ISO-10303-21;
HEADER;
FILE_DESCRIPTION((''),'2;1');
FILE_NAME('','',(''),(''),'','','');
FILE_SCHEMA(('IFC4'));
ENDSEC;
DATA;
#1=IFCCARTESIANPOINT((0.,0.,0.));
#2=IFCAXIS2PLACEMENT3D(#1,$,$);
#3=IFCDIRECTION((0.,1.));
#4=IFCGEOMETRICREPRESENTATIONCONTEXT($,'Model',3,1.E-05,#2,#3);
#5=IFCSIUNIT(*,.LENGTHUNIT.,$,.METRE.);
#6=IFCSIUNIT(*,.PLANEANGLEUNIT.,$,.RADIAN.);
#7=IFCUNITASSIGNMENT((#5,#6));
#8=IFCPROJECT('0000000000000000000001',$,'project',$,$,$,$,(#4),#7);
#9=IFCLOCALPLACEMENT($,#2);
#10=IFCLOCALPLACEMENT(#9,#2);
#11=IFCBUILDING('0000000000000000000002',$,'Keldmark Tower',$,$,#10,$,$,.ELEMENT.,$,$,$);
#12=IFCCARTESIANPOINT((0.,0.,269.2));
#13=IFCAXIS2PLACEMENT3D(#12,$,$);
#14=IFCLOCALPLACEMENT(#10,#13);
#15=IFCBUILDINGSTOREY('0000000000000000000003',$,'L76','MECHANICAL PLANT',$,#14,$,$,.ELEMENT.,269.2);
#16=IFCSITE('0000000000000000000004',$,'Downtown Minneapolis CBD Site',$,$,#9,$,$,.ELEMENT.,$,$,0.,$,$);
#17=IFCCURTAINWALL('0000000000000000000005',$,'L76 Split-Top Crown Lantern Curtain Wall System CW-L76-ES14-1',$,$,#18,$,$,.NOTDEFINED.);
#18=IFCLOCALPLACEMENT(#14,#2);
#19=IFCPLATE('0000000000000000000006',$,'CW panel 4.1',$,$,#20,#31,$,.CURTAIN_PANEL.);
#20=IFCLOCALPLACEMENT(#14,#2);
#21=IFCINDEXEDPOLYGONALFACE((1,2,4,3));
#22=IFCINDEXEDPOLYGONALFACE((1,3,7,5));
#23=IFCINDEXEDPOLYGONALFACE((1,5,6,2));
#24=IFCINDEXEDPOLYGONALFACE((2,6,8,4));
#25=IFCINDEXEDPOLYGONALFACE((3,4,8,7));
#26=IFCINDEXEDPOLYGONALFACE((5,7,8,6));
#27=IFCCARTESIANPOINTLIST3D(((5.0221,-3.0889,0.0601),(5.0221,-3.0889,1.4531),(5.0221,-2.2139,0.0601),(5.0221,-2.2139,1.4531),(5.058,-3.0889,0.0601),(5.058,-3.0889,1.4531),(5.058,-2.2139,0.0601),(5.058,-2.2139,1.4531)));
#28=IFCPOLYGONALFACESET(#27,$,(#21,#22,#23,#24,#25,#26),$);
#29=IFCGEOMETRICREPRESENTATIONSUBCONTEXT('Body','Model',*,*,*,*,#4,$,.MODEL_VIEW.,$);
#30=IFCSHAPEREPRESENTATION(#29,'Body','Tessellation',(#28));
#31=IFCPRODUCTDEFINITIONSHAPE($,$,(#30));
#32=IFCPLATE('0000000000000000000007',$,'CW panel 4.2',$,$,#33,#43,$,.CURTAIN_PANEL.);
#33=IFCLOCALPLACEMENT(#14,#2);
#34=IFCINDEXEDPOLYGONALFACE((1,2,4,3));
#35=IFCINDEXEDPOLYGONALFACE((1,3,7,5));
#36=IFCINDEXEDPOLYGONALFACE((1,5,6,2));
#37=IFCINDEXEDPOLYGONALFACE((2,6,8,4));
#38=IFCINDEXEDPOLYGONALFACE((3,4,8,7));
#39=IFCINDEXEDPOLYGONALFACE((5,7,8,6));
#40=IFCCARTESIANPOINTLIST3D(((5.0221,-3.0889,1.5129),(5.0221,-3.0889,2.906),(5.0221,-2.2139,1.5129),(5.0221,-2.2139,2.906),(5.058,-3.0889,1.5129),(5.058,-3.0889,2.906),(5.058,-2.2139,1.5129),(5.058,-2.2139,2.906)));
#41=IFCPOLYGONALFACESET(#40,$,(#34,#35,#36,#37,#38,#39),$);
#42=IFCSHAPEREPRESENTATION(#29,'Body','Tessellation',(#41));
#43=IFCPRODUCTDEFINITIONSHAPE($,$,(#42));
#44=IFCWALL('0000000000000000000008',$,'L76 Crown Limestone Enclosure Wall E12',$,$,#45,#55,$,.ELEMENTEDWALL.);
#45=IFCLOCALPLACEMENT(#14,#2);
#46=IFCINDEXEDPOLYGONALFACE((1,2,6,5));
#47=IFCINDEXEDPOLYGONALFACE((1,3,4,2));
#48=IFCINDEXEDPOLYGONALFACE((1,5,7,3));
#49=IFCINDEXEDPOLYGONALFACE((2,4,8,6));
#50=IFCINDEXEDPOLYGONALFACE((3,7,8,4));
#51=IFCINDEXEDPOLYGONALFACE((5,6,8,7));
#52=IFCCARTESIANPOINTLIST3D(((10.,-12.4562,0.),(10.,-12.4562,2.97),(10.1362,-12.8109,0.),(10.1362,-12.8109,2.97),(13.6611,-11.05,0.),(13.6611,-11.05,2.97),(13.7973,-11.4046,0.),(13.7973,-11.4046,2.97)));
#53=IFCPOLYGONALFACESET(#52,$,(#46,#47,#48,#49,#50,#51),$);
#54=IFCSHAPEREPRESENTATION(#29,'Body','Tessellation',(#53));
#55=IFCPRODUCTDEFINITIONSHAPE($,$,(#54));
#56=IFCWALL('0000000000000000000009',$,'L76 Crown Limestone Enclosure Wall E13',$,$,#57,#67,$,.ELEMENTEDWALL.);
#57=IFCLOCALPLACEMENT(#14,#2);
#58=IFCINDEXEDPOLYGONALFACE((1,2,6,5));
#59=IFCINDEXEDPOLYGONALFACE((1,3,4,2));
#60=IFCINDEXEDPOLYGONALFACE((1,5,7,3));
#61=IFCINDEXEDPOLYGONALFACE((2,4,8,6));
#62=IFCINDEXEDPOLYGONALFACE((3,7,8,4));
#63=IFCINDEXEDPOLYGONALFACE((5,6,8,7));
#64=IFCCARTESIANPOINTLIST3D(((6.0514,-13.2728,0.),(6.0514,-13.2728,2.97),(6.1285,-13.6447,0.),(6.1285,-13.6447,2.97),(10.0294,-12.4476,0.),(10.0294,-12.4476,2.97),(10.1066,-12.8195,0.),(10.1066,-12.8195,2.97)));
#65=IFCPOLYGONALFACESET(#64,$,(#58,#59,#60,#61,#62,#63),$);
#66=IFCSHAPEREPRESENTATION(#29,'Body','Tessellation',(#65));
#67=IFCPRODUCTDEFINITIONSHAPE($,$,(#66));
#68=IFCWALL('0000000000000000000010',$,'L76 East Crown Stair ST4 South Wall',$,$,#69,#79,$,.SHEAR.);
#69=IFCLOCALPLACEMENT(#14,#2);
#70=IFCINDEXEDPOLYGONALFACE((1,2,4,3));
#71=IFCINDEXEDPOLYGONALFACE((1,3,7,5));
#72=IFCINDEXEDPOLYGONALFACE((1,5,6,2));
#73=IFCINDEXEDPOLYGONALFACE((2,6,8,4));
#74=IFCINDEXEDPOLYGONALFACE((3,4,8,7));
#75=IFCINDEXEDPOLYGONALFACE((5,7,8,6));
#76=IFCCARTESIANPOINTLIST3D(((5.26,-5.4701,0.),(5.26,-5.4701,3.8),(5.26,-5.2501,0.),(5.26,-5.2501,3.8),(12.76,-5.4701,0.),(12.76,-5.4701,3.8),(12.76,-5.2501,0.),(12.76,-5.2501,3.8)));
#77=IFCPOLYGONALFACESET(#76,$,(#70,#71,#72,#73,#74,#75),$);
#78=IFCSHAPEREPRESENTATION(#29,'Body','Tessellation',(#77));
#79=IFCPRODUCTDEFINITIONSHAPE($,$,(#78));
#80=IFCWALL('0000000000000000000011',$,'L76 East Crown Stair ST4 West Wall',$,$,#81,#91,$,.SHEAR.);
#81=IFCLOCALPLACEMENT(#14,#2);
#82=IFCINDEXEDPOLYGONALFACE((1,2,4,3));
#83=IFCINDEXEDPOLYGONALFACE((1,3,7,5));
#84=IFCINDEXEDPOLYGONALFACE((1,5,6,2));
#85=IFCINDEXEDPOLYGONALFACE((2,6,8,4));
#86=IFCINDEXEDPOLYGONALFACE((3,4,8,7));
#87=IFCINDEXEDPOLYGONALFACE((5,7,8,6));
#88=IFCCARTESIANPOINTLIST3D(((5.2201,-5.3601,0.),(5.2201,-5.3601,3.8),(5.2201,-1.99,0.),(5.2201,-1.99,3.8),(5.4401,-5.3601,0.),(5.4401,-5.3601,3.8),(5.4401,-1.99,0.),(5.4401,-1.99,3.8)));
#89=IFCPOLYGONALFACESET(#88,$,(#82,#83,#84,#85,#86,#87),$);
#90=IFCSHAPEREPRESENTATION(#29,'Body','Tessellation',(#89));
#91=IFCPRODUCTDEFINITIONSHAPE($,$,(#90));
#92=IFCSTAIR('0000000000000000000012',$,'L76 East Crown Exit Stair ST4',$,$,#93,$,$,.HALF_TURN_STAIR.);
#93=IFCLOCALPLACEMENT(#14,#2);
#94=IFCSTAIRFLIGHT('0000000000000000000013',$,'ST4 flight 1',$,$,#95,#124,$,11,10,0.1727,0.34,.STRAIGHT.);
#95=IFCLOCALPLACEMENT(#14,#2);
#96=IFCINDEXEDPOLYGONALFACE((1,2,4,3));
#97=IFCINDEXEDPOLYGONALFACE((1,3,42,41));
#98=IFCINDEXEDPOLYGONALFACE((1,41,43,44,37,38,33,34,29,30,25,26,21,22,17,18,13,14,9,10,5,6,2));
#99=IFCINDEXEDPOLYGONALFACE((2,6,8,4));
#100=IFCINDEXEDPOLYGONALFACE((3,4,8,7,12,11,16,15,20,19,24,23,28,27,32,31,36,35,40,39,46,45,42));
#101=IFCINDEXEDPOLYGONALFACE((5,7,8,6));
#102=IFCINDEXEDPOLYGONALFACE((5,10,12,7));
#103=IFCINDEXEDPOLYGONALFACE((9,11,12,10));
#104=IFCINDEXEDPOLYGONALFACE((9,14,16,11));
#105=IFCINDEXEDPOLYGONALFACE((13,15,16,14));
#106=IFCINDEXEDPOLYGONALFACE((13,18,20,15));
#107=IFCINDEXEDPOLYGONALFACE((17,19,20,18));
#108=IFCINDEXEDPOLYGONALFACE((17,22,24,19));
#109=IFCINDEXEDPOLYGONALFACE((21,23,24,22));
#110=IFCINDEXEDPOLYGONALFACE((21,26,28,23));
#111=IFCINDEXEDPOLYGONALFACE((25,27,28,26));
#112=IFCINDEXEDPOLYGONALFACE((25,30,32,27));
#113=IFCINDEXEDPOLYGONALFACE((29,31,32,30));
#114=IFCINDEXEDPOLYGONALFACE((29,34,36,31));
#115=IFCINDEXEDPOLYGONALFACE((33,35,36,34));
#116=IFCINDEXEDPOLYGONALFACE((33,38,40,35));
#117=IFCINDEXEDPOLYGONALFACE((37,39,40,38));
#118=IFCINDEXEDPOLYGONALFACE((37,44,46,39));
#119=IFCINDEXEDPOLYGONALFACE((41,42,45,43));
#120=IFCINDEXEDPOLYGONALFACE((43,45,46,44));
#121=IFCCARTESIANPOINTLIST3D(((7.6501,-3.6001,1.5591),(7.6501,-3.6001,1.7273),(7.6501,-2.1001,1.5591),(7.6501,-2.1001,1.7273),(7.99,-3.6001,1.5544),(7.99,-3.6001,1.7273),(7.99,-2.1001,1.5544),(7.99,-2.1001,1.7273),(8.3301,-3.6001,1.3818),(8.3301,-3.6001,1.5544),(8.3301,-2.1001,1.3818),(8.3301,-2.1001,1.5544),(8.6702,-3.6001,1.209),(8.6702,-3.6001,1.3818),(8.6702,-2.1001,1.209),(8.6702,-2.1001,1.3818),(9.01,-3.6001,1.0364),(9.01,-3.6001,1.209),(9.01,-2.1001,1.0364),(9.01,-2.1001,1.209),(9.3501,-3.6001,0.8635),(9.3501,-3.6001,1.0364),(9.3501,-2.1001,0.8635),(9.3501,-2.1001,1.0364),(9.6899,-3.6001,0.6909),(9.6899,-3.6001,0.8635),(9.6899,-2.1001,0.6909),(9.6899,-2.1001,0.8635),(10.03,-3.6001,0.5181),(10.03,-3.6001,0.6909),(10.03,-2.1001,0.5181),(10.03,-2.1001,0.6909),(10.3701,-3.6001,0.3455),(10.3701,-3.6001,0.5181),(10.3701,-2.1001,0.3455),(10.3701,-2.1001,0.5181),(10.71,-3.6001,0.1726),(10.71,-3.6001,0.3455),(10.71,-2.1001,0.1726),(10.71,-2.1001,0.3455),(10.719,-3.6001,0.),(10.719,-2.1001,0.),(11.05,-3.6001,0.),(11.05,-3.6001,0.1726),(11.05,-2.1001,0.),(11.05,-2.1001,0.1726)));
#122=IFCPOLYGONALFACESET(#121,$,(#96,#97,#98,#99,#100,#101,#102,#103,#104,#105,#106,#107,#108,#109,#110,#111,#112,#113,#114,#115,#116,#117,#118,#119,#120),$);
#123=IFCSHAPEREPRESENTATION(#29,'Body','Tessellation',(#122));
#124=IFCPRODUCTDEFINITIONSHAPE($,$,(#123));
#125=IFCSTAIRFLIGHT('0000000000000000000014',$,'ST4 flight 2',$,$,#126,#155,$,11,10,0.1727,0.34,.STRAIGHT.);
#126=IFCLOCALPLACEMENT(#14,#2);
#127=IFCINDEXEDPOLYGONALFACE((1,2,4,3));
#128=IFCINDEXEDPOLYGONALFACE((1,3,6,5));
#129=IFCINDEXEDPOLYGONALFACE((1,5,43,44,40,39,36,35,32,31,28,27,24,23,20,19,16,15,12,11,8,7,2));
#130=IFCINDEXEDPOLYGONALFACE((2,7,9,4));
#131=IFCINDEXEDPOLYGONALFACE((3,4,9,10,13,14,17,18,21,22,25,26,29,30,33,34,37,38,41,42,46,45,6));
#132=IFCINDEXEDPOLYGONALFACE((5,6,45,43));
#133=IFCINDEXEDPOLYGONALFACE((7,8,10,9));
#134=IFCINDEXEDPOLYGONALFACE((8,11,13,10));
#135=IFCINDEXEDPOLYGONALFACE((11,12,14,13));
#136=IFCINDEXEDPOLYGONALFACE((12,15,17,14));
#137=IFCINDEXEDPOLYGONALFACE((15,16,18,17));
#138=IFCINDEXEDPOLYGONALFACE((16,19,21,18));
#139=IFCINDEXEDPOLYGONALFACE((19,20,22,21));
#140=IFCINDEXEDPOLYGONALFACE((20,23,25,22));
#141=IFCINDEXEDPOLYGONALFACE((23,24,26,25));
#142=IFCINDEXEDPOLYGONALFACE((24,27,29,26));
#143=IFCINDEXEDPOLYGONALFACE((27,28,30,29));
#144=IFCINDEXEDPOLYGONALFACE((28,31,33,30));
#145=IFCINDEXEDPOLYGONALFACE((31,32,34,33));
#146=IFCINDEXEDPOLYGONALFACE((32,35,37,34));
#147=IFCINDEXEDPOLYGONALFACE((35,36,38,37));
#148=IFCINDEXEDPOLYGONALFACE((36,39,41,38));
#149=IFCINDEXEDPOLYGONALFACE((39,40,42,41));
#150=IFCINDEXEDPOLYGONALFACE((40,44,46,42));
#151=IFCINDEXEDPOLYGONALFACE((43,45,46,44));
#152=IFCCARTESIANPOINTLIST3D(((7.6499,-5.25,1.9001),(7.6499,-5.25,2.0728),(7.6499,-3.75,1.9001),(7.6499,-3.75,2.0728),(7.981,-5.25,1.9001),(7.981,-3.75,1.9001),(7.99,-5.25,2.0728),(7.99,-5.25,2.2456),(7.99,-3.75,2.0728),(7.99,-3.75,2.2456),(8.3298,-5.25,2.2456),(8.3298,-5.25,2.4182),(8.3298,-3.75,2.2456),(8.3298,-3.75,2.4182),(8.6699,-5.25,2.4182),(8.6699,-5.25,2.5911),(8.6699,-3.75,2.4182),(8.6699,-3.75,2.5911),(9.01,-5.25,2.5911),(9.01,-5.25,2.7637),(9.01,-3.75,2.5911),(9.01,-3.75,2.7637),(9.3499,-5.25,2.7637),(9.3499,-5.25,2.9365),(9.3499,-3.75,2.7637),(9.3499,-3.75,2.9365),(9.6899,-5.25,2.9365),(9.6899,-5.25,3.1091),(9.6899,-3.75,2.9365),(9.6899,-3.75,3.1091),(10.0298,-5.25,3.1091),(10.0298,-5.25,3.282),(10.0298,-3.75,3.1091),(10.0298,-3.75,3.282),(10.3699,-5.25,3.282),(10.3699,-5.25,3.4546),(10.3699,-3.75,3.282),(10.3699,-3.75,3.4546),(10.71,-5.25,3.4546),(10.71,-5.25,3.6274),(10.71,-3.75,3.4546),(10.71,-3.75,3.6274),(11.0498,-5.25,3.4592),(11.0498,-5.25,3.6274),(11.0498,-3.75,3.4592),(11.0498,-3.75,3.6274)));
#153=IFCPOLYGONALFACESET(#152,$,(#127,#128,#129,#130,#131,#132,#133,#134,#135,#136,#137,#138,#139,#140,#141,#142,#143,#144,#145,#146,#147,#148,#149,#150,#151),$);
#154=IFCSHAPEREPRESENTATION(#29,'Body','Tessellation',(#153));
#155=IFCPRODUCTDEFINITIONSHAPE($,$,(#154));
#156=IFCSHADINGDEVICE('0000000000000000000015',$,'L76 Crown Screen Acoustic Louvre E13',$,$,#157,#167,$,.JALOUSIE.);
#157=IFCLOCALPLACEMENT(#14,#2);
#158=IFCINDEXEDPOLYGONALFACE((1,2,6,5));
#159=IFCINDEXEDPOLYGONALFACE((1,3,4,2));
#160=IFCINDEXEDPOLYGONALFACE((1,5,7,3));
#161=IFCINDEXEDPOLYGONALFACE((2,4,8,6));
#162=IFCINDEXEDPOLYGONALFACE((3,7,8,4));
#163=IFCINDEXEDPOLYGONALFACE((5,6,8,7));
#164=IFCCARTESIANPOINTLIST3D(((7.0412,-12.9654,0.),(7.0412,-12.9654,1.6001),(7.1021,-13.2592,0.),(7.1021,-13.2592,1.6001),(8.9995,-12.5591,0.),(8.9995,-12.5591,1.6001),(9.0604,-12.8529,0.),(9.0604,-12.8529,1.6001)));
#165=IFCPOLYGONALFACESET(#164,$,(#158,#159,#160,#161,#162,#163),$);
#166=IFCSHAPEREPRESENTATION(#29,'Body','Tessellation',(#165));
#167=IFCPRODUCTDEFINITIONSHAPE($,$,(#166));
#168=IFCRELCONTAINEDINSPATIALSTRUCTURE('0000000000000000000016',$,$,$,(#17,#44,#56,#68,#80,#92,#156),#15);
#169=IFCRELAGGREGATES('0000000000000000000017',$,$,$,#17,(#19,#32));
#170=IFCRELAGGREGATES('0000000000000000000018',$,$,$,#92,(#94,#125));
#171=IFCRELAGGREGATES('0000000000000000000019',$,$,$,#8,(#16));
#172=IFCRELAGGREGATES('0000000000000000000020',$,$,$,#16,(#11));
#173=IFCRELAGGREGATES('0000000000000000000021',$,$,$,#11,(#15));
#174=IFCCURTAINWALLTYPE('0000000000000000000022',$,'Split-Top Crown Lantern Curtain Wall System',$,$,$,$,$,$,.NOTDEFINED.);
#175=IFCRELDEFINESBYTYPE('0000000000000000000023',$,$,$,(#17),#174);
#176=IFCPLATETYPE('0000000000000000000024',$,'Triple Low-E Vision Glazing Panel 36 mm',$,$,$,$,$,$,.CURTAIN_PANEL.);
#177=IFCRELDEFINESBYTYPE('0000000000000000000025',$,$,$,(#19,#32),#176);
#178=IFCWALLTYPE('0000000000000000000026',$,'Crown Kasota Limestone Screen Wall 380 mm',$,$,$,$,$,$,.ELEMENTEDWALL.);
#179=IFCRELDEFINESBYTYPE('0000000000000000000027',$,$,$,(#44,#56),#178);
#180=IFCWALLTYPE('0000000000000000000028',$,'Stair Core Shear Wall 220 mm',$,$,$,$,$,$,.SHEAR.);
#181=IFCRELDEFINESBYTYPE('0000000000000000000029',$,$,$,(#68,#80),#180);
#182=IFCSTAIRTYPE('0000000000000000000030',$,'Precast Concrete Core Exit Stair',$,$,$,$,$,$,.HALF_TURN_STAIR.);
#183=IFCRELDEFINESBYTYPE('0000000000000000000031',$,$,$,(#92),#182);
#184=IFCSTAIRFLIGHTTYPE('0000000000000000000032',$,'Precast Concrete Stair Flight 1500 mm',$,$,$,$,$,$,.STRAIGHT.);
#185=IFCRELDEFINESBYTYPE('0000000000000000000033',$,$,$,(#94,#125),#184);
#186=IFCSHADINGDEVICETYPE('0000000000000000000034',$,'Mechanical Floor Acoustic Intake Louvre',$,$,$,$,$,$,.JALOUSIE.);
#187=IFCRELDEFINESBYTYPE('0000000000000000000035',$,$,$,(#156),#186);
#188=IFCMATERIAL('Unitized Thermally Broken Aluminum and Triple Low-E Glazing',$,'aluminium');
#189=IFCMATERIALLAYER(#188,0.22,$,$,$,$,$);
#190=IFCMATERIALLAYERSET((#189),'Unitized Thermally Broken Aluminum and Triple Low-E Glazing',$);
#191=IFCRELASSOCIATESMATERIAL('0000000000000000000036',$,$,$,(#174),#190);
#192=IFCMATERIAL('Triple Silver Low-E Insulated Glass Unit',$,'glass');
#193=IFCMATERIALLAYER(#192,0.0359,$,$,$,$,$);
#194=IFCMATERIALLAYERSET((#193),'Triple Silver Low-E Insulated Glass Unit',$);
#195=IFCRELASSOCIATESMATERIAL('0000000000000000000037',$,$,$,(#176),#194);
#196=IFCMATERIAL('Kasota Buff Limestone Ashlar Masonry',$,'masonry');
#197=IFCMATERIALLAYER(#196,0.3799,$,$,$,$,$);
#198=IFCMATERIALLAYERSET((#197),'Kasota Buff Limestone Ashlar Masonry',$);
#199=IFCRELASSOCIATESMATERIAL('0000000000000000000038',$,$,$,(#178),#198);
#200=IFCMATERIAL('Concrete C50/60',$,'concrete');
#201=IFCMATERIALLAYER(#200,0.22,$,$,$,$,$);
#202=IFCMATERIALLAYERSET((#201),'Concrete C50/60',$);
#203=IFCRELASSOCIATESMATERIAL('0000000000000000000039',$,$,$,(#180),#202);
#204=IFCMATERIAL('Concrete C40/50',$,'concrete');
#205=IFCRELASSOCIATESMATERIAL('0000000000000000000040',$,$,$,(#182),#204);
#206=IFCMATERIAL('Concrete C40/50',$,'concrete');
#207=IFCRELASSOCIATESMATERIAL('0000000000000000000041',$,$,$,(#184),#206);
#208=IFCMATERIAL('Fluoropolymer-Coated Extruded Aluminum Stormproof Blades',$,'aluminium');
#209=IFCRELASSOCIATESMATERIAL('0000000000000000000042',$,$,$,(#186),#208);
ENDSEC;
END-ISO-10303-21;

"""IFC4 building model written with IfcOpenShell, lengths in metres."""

from ifc_helpers import new_model, si_unit, direction, frame, frame_2d, origin, origin_2d, place, context, subcontext, project, spatial, polyline, rectangle, outline, extrude, material, layer, layer_set, type_object, element, aggregate, save


model = new_model("IFC4")

# Units and contexts
model_context = context("Model", 3, precision=1e-05, world=origin(), true_north=direction((0.0, 1.0)))
body_context = subcontext(model_context, "Body", "Model", "MODEL_VIEW")
ifc_project = project(units=[si_unit("LENGTHUNIT", "METRE"), si_unit("PLANEANGLEUNIT", "RADIAN")], contexts=[model_context])

# Site, building, storey
site_placement = place(None, origin())
site = spatial("IfcSite", under=ifc_project, at=site_placement, Name="Downtown Minneapolis CBD Site", CompositionType="ELEMENT", RefElevation=0.0)
building_placement = place(site_placement, origin())
building = spatial("IfcBuilding", under=site, at=building_placement, Name="Keldmark Tower", CompositionType="ELEMENT")
storey_placement = place(building_placement, frame((0.0, 0.0, 269.2)))
storey = spatial("IfcBuildingStorey", under=building, at=storey_placement, Name="L76", Description="MECHANICAL PLANT", CompositionType="ELEMENT", Elevation=269.2)

# Curtain wall
ifc_material_1 = material(Name="Unitized Thermally Broken Aluminum and Triple Low-E Glazing", Category="aluminium")
ifc_layer_1 = layer(ifc_material_1, 0.22)
ifc_layer_set_1 = layer_set([ifc_layer_1], Name="Unitized Thermally Broken Aluminum and Triple Low-E Glazing")
curtain_wall_type = type_object("IfcCurtainWallType", Name="Split-Top Crown Lantern Curtain Wall System", PredefinedType="NOTDEFINED", material=ifc_layer_set_1)
curtain_wall_placement = place(storey_placement, origin())
curtain_wall = element("IfcCurtainWall", 1, at=curtain_wall_placement, inside=storey, type_object=curtain_wall_type, Name="L76 Split-Top Crown Lantern Curtain Wall System CW-L76-ES14-1", PredefinedType="NOTDEFINED")

# Plates
ifc_material_2 = material(Name="Triple Silver Low-E Insulated Glass Unit", Category="glass")
ifc_layer_2 = layer(ifc_material_2, 0.0359)
ifc_layer_set_2 = layer_set([ifc_layer_2], Name="Triple Silver Low-E Insulated Glass Unit")
plate_type_1 = type_object("IfcPlateType", Name="Triple Low-E Vision Glazing Panel 36 mm", PredefinedType="CURTAIN_PANEL", material=ifc_layer_set_2)
plate_1_placement = place(storey_placement, frame((5.04, -2.6514, 0.0601), z_axis=(0.0, 0.0, 1.0), x_axis=(0.0, -1.0, 0.0)))
plate_1 = element("IfcPlate", 2, at=plate_1_placement, type_object=plate_type_1, Name="CW panel 4.1", PredefinedType="CURTAIN_PANEL", context=body_context, shape_type="SweptSolid", body=[
    extrude(rectangle(XDim=0.875, YDim=0.0359, at=origin_2d()), origin(), (0.0, 0.0, 1.0), 1.3931),
])
plate_2_placement = place(storey_placement, frame((5.04, -2.6514, 1.5129), z_axis=(0.0, 0.0, 1.0), x_axis=(0.0, -1.0, 0.0)))
plate_2 = element("IfcPlate", 3, at=plate_2_placement, type_object=plate_type_1, Name="CW panel 4.2", PredefinedType="CURTAIN_PANEL", context=body_context, shape_type="SweptSolid", body=[
    extrude(rectangle(XDim=0.875, YDim=0.0359, at=origin_2d()), origin(), (0.0, 0.0, 1.0), 1.3931),
])
aggregate(curtain_wall, [plate_1, plate_2])

# Walls
ifc_material_3 = material(Name="Kasota Buff Limestone Ashlar Masonry", Category="masonry")
ifc_layer_3 = layer(ifc_material_3, 0.3799)
ifc_layer_set_3 = layer_set([ifc_layer_3], Name="Kasota Buff Limestone Ashlar Masonry")
wall_type_1 = type_object("IfcWallType", Name="Crown Kasota Limestone Screen Wall 380 mm", PredefinedType="ELEMENTEDWALL", material=ifc_layer_set_3)
wall_1_placement = place(storey_placement, frame((10.0681, -12.6335, 0.0), z_axis=(0.0, 0.0, 1.0), x_axis=(0.933506, 0.358562, 0.0)))
element("IfcWall", 4, at=wall_1_placement, inside=storey, type_object=wall_type_1, Name="L76 Crown Limestone Enclosure Wall E12", PredefinedType="ELEMENTEDWALL", context=body_context, shape_type="SweptSolid", body=[
    extrude(rectangle(XDim=3.9219, YDim=0.3799, at=frame_2d((1.9609, 0.0))), origin(), (0.0, 0.0, 1.0), 2.97),
])
wall_2_placement = place(storey_placement, frame((6.0901, -13.4587, 0.0), z_axis=(0.0, 0.0, 1.0), x_axis=(0.979155, 0.203114, 0.0)))
element("IfcWall", 5, at=wall_2_placement, inside=storey, type_object=wall_type_1, Name="L76 Crown Limestone Enclosure Wall E13", PredefinedType="ELEMENTEDWALL", context=body_context, shape_type="SweptSolid", body=[
    extrude(rectangle(XDim=4.0627, YDim=0.3799, at=frame_2d((2.0312, 0.0))), origin(), (0.0, 0.0, 1.0), 2.97),
])
ifc_material_4 = material(Name="Concrete C50/60", Category="concrete")
ifc_layer_4 = layer(ifc_material_4, 0.22)
ifc_layer_set_4 = layer_set([ifc_layer_4], Name="Concrete C50/60")
wall_type_2 = type_object("IfcWallType", Name="Stair Core Shear Wall 220 mm", PredefinedType="SHEAR", material=ifc_layer_set_4)
wall_3_placement = place(storey_placement, frame((5.26, -5.3601, 0.0), z_axis=(0.0, 0.0, 1.0), x_axis=(1.0, 0.0, 0.0)))
element("IfcWall", 6, at=wall_3_placement, inside=storey, type_object=wall_type_2, Name="L76 East Crown Stair ST4 South Wall", PredefinedType="SHEAR", context=body_context, shape_type="SweptSolid", body=[
    extrude(rectangle(XDim=7.5, YDim=0.22, at=frame_2d((3.75, 0.0))), origin(), (0.0, 0.0, 1.0), 3.8),
])
wall_4_placement = place(storey_placement, frame((5.3301, -5.3601, 0.0), z_axis=(0.0, 0.0, 1.0), x_axis=(0.0, 1.0, 0.0)))
element("IfcWall", 7, at=wall_4_placement, inside=storey, type_object=wall_type_2, Name="L76 East Crown Stair ST4 West Wall", PredefinedType="SHEAR", context=body_context, shape_type="SweptSolid", body=[
    extrude(rectangle(XDim=3.3701, YDim=0.22, at=frame_2d((1.6851, 0.0))), origin(), (0.0, 0.0, 1.0), 3.8),
])

# Stair, stair flights
ifc_material_5 = material(Name="Concrete C40/50", Category="concrete")
stair_type = type_object("IfcStairType", Name="Precast Concrete Core Exit Stair", PredefinedType="HALF_TURN_STAIR", material=ifc_material_5)
stair_placement = place(storey_placement, origin())
stair = element("IfcStair", 8, at=stair_placement, inside=storey, type_object=stair_type, Name="L76 East Crown Exit Stair ST4", PredefinedType="HALF_TURN_STAIR")
ifc_material_6 = material(Name="Concrete C40/50", Category="concrete")
stair_flight_type = type_object("IfcStairFlightType", Name="Precast Concrete Stair Flight 1500 mm", PredefinedType="STRAIGHT", material=ifc_material_6)
stair_flight_1_placement = place(storey_placement, frame((11.05, -2.8501, 0.0), z_axis=(0.0, 0.0, 1.0), x_axis=(-1.0, 0.0, 0.0)))
stair_flight_1 = element("IfcStairFlight", 9, at=stair_flight_1_placement, type_object=stair_flight_type, Name="ST4 flight 1", NumberOfRisers=11, NumberOfTreads=10, PredefinedType="STRAIGHT", RiserHeight=0.1727, TreadLength=0.34, context=body_context, shape_type="SweptSolid", body=[
    extrude(outline(polyline([(0.0, 0.0), (0.0, 0.1726), (0.3401, 0.1726), (0.3401, 0.3455), (0.6799, 0.3455), (0.6799, 0.5181), (1.02, 0.5181), (1.02, 0.6909), (1.3601, 0.6909), (1.3601, 0.8635), (1.7, 0.8635), (1.7, 1.0364), (2.04, 1.0364), (2.04, 1.209), (2.3799, 1.209), (2.3799, 1.3818), (2.72, 1.3818), (2.72, 1.5544), (3.0601, 1.5544), (3.0601, 1.7273), (3.3999, 1.7273), (3.3999, 1.8999), (3.3999, 1.5591), (0.3311, 0.0), (0.0, 0.0)])), frame((0.0, 0.75, 0.0), z_axis=(0.0, -1.0, 0.0), x_axis=(1.0, 0.0, 0.0)), (0.0, 0.0, 1.0), 1.5),
])
stair_flight_2_placement = place(storey_placement, frame((7.6499, -4.5, 1.9001), z_axis=(0.0, 0.0, 1.0), x_axis=(1.0, 0.0, 0.0)))
stair_flight_2 = element("IfcStairFlight", 10, at=stair_flight_2_placement, type_object=stair_flight_type, Name="ST4 flight 2", NumberOfRisers=11, NumberOfTreads=10, PredefinedType="STRAIGHT", RiserHeight=0.1727, TreadLength=0.34, context=body_context, shape_type="SweptSolid", body=[
    extrude(outline(polyline([(0.0, 0.0), (0.0, 0.1726), (0.3401, 0.1726), (0.3401, 0.3455), (0.6799, 0.3455), (0.6799, 0.5181), (1.02, 0.5181), (1.02, 0.6909), (1.3601, 0.6909), (1.3601, 0.8635), (1.7, 0.8635), (1.7, 1.0364), (2.04, 1.0364), (2.04, 1.209), (2.3799, 1.209), (2.3799, 1.3818), (2.72, 1.3818), (2.72, 1.5544), (3.0601, 1.5544), (3.0601, 1.7273), (3.3999, 1.7273), (3.3999, 1.8999), (3.3999, 1.5591), (0.3311, 0.0), (0.0, 0.0)])), frame((0.0, 0.75, 0.0), z_axis=(0.0, -1.0, 0.0), x_axis=(1.0, 0.0, 0.0)), (0.0, 0.0, 1.0), 1.5),
])
aggregate(stair, [stair_flight_1, stair_flight_2])

# Shading device
ifc_material_7 = material(Name="Fluoropolymer-Coated Extruded Aluminum Stormproof Blades", Category="aluminium")
shading_device_type = type_object("IfcShadingDeviceType", Name="Mechanical Floor Acoustic Intake Louvre", PredefinedType="JALOUSIE", material=ifc_material_7)
shading_device_placement = place(storey_placement, frame((8.0508, -12.9092, 0.0), z_axis=(0.0, 0.0, 1.0), x_axis=(0.979148, 0.203146, 0.0)))
element("IfcShadingDevice", 11, at=shading_device_placement, inside=storey, type_object=shading_device_type, Name="L76 Crown Screen Acoustic Louvre E13", PredefinedType="JALOUSIE", context=body_context, shape_type="SweptSolid", body=[
    extrude(rectangle(XDim=2.0, YDim=0.3, at=origin_2d()), origin(), (0.0, 0.0, 1.0), 1.6001),
])

save(model, "model.ifc")
